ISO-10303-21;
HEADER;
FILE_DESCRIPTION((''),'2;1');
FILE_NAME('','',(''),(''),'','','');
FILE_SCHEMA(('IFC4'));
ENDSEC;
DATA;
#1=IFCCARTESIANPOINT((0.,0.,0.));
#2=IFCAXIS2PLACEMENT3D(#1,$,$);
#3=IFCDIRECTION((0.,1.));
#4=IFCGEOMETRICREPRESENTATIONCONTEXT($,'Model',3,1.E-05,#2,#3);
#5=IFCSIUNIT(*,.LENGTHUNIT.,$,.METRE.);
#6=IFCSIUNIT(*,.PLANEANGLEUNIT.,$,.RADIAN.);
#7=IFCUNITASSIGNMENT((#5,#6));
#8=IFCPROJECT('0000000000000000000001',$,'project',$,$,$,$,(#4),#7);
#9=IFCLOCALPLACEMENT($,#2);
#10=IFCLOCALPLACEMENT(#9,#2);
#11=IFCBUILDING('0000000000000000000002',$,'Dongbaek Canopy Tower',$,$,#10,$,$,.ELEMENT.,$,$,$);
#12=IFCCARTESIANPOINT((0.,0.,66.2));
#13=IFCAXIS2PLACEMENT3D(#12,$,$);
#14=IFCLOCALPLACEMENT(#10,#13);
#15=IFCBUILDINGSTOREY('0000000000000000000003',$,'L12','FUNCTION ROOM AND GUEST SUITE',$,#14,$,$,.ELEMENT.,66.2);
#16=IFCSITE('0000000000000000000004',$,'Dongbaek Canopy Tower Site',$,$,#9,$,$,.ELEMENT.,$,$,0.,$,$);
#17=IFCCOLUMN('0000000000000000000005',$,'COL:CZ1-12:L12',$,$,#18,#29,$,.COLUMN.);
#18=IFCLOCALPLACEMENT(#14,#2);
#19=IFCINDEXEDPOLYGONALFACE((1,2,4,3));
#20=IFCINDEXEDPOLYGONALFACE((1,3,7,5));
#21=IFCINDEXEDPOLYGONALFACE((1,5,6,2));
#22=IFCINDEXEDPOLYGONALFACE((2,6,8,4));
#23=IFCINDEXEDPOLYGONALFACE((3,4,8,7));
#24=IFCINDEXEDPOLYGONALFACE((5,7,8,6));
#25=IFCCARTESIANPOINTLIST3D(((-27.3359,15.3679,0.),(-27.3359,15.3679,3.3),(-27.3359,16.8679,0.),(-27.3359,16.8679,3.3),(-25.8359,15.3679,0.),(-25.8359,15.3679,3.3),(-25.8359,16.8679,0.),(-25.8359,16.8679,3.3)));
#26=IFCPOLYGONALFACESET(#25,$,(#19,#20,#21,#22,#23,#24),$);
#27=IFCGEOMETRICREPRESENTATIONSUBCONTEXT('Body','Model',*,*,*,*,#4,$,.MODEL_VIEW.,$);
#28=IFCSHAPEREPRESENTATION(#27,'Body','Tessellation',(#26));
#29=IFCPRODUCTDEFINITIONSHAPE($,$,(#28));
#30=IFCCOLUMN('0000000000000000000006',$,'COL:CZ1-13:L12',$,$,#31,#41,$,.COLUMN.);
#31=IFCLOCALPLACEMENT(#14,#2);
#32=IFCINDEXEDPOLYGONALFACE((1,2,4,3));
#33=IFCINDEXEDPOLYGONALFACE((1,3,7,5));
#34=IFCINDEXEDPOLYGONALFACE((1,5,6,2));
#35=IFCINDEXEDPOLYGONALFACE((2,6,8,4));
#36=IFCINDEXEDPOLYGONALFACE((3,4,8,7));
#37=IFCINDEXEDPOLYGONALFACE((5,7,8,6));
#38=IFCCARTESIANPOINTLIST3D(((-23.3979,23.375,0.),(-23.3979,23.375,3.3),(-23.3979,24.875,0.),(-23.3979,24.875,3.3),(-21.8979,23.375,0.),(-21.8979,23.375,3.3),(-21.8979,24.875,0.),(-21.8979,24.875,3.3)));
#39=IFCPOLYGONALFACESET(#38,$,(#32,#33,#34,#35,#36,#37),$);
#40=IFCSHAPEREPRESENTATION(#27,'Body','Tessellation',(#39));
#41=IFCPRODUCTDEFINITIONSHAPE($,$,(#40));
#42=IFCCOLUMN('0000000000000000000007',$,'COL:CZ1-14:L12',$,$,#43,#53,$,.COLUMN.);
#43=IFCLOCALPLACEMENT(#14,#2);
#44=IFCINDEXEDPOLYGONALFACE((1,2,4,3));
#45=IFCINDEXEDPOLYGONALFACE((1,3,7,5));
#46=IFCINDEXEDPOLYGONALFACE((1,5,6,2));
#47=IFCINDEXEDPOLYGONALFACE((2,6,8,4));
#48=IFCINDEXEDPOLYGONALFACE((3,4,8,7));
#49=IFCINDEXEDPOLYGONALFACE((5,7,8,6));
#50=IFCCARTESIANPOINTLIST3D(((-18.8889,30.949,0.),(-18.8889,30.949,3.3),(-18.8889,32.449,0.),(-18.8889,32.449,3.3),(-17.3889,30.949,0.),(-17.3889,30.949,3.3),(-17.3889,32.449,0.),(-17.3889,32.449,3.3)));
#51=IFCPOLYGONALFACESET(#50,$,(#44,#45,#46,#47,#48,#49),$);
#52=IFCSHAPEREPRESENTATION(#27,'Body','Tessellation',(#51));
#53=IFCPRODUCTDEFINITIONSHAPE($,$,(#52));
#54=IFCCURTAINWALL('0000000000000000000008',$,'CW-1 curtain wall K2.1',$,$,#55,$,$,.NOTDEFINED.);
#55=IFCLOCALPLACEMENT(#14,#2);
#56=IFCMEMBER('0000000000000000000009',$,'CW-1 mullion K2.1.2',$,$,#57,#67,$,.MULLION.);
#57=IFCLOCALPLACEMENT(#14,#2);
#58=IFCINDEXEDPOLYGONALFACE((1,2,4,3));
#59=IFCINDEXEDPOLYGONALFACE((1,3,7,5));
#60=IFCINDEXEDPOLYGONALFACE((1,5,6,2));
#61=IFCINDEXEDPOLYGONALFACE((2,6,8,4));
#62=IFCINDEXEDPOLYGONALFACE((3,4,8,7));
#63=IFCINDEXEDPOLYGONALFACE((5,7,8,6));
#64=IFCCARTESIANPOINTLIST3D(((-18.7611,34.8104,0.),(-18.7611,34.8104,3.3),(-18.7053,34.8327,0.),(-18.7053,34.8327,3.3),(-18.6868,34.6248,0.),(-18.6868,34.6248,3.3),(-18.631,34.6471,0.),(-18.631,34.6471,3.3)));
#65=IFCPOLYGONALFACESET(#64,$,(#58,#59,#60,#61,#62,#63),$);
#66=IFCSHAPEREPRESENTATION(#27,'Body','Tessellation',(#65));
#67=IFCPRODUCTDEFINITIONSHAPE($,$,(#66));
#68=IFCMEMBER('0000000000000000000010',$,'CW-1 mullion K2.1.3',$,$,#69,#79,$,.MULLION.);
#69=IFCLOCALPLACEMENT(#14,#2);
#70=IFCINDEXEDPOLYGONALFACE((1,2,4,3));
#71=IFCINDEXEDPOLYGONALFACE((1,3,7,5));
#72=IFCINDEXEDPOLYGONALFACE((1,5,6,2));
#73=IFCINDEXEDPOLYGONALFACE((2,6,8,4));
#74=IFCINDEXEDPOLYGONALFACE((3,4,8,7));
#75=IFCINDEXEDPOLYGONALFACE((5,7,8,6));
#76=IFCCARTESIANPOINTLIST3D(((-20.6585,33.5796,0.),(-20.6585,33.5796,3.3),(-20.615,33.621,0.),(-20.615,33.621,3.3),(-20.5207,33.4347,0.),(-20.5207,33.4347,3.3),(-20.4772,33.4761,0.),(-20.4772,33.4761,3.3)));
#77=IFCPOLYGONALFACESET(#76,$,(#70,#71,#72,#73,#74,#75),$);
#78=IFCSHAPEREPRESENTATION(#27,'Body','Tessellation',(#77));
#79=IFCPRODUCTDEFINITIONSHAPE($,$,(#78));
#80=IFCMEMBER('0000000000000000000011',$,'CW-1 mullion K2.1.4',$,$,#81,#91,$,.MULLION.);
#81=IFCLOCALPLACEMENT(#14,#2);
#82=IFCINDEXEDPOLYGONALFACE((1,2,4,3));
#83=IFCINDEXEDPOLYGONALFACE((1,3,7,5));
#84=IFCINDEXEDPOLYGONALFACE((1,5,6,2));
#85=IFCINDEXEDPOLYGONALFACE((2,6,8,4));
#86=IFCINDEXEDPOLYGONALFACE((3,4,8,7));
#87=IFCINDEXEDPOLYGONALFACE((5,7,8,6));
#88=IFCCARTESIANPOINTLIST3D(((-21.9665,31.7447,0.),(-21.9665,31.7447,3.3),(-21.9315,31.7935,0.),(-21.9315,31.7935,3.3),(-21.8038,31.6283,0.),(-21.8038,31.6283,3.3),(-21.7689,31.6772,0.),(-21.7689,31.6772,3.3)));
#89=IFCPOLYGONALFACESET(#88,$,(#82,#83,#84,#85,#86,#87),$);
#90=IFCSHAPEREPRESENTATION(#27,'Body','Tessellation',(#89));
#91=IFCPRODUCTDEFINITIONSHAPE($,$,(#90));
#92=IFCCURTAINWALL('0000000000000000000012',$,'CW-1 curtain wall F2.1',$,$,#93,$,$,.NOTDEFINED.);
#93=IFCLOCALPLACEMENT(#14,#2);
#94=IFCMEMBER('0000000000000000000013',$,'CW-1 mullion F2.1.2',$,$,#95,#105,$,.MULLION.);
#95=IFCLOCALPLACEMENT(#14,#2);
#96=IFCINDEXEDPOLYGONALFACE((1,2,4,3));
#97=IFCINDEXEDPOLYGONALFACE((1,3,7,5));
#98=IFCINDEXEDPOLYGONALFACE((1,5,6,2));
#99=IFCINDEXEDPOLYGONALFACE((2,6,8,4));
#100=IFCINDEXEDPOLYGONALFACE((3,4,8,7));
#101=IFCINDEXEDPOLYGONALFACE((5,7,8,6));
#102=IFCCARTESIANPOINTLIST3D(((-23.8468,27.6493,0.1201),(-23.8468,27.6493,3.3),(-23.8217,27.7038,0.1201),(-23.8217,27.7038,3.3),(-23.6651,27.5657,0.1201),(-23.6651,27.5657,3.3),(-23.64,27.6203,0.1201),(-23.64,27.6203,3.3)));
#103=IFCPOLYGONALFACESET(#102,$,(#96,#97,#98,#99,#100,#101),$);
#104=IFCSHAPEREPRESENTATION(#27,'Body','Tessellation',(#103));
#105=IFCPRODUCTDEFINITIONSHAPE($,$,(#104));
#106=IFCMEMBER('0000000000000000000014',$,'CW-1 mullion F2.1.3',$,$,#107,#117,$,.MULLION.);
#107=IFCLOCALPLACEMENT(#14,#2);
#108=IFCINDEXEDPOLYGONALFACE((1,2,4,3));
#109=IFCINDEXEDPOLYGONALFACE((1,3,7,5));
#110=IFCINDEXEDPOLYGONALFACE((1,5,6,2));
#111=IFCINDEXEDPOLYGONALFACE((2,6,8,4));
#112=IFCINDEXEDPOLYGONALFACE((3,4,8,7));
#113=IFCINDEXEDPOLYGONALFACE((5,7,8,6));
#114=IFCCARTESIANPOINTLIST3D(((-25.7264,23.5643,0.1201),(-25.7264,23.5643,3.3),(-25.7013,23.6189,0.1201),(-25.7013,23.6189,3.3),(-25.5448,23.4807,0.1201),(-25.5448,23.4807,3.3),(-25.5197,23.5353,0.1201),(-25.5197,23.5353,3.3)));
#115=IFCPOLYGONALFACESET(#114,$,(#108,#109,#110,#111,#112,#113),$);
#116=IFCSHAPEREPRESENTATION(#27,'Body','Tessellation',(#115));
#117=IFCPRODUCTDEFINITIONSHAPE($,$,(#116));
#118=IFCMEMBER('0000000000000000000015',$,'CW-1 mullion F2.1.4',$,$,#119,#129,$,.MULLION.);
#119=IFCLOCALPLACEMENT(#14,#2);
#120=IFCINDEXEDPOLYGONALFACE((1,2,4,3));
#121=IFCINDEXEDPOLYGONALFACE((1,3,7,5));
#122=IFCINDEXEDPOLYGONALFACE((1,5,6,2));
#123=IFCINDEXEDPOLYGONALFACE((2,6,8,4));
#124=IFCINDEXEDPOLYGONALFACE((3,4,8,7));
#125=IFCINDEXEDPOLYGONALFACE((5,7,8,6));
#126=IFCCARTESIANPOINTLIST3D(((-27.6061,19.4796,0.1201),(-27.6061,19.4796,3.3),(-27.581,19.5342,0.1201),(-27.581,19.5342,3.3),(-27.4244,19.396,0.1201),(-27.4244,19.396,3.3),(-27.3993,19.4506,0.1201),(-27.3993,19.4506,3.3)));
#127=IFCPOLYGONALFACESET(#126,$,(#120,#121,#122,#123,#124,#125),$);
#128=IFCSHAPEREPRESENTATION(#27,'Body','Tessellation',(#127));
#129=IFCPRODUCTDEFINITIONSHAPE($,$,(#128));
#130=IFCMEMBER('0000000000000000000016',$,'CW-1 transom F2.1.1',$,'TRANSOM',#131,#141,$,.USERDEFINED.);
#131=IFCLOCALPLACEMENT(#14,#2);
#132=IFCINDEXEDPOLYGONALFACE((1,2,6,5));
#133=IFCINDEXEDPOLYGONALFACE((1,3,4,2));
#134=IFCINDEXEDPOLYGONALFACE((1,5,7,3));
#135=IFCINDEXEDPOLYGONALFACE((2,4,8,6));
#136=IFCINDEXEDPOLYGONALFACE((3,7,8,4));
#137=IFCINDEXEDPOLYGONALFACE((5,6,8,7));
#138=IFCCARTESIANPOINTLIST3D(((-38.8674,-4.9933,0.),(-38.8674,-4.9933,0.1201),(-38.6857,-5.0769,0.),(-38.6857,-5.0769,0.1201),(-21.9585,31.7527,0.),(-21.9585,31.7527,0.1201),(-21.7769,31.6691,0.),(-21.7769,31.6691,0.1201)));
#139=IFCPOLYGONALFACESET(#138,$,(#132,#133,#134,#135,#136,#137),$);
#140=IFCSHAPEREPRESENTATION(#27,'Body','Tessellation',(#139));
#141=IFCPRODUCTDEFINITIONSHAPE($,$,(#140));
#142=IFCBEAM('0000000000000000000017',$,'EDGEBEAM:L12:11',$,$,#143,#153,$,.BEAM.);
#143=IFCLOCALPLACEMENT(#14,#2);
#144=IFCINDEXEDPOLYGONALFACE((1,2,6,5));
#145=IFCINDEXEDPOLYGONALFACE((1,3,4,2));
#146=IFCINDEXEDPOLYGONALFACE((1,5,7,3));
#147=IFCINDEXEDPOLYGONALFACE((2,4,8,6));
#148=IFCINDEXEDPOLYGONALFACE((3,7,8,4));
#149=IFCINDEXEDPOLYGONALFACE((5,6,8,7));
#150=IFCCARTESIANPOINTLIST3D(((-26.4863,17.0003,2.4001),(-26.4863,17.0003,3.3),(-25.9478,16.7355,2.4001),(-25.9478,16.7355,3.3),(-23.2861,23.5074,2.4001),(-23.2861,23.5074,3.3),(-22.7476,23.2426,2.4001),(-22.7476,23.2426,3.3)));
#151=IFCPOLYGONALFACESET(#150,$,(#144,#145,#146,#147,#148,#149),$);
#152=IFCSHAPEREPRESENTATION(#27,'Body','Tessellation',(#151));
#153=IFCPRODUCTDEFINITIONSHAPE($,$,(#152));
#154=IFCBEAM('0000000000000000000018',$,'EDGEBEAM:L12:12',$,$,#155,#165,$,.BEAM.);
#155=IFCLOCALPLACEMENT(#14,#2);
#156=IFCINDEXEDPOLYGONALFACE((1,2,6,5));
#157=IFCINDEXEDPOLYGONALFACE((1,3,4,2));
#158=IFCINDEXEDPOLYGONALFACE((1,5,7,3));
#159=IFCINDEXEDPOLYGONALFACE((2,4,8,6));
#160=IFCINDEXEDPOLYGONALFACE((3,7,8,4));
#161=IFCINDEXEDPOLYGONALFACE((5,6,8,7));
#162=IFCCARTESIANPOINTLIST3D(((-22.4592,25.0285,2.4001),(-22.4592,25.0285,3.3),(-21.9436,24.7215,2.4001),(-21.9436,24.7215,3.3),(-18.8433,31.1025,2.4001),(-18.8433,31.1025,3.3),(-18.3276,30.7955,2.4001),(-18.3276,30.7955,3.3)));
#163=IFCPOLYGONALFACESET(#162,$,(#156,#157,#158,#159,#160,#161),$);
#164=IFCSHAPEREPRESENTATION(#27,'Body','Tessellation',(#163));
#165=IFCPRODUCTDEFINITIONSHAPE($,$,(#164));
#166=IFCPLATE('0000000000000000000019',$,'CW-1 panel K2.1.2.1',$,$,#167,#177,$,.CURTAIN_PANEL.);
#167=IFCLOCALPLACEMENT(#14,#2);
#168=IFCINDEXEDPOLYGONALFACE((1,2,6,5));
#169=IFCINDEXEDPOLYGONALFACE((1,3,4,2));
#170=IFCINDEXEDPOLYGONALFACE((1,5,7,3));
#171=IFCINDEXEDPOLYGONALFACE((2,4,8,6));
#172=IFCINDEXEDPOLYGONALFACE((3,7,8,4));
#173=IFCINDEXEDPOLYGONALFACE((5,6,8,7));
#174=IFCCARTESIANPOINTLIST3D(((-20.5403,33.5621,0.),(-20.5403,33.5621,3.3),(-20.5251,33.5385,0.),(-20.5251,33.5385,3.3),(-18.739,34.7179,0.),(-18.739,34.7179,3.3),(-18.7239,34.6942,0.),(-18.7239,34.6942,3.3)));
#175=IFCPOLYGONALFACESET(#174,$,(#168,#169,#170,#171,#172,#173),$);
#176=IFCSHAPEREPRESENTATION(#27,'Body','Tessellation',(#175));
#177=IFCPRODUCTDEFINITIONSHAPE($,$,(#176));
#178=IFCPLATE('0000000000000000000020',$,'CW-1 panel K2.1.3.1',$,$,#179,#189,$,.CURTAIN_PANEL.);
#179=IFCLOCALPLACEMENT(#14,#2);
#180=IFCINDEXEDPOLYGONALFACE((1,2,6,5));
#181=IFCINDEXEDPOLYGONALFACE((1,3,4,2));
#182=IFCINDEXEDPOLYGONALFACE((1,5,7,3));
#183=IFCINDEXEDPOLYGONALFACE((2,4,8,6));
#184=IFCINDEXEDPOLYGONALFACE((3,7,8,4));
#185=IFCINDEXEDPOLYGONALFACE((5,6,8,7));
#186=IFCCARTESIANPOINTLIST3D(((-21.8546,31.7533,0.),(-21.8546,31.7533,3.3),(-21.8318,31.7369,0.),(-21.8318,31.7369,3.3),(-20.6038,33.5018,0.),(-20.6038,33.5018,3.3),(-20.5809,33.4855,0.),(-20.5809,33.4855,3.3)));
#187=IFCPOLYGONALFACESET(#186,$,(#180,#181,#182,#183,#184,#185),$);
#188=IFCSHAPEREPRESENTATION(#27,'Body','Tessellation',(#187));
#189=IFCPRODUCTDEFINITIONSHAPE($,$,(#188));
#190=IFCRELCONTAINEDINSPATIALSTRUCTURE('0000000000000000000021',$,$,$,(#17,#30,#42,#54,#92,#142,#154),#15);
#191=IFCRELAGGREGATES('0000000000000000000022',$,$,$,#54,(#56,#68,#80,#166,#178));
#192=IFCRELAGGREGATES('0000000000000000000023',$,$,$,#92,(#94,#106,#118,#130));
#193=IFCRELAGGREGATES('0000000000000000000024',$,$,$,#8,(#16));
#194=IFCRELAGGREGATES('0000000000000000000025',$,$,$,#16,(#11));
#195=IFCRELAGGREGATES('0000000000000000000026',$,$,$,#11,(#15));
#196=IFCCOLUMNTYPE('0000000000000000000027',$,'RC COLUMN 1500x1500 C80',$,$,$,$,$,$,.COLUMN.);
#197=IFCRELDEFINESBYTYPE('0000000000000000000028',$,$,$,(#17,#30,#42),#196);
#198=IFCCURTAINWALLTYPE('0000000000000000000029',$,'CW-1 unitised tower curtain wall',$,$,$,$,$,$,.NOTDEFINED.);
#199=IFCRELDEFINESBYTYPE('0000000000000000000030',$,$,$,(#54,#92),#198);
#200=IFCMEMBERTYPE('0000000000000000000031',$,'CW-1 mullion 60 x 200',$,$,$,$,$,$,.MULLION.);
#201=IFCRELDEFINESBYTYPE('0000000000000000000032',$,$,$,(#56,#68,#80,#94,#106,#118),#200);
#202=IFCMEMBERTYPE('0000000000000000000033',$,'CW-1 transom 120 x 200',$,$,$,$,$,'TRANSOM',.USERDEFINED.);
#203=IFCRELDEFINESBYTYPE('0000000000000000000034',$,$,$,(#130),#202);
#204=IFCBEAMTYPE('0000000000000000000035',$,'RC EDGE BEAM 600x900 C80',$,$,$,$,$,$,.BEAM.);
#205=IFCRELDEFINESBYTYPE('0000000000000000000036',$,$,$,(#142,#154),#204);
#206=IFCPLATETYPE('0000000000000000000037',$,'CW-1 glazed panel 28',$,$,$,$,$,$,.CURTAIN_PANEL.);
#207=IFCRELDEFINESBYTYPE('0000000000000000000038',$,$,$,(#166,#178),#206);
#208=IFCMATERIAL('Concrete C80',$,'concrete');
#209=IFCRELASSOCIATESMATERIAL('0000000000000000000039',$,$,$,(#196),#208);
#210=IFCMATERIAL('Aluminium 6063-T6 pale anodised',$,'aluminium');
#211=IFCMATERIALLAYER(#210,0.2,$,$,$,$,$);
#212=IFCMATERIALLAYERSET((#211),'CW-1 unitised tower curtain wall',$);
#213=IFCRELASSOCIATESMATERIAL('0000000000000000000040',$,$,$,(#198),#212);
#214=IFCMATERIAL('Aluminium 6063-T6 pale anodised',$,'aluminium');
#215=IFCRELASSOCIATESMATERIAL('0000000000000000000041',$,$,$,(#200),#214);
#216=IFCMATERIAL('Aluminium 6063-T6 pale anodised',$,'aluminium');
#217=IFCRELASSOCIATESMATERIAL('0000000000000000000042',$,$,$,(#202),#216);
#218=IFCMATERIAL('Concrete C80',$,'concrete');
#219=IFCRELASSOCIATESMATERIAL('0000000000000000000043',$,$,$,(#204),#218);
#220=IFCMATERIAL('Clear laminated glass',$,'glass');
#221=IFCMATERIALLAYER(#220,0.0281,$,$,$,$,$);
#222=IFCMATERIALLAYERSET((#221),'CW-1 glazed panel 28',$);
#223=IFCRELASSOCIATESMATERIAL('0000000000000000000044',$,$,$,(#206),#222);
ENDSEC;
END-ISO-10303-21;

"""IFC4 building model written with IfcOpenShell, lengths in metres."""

from ifc_helpers import new_model, si_unit, direction, frame, origin, origin_2d, place, context, subcontext, project, spatial, rectangle, extrude, material, layer, layer_set, material_profile, profile_set, type_object, element, aggregate, save


model = new_model("IFC4")

# Units and contexts
model_context = context("Model", 3, precision=1e-05, world=origin(), true_north=direction((0.0, 1.0)))
body_context = subcontext(model_context, "Body", "Model", "MODEL_VIEW")
ifc_project = project(units=[si_unit("LENGTHUNIT", "METRE"), si_unit("PLANEANGLEUNIT", "RADIAN")], contexts=[model_context])

# Site, building, storey
site_placement = place(None, origin())
site = spatial("IfcSite", under=ifc_project, at=site_placement, Name="Dongbaek Canopy Tower Site", CompositionType="ELEMENT", RefElevation=0.0)
building_placement = place(site_placement, origin())
building = spatial("IfcBuilding", under=site, at=building_placement, Name="Dongbaek Canopy Tower", CompositionType="ELEMENT")
storey_placement = place(building_placement, frame((0.0, 0.0, 66.2)))
storey = spatial("IfcBuildingStorey", under=building, at=storey_placement, Name="L12", Description="FUNCTION ROOM AND GUEST SUITE", CompositionType="ELEMENT", Elevation=66.2)

# Columns
ifc_material_1 = material(Name="Concrete C80", Category="concrete")
ifc_material_profile_1 = material_profile(ifc_material_1, rectangle(XDim=1.5, YDim=1.5, at=origin_2d()), Name="RC COLUMN 1500x1500 C80")
ifc_profile_set_1 = profile_set([ifc_material_profile_1], Name="Concrete C80")
column_type = type_object("IfcColumnType", Name="RC COLUMN 1500x1500 C80", PredefinedType="COLUMN", material=ifc_profile_set_1)
for number, where, z_axis, x_axis, name in (
    (1, (-26.5859, 16.1179, 0.0), (0.0, 0.0, 1.0), (1.0, 0.0, 0.0), "COL:CZ1-12:L12"),
    (2, (-22.6479, 24.125, 0.0), (0.0, 0.0, 1.0), (1.0, 0.0, 0.0), "COL:CZ1-13:L12"),
    (3, (-18.1389, 31.699, 0.0), (0.0, 0.0, 1.0), (1.0, 0.0, 0.0), "COL:CZ1-14:L12"),
):
    element("IfcColumn", number, at=place(storey_placement, frame(where, z_axis=z_axis, x_axis=x_axis)), inside=storey, type_object=column_type, Name=name, PredefinedType="COLUMN", context=body_context, shape_type="SweptSolid", body=[
        extrude(rectangle(XDim=1.5, YDim=1.5, at=origin_2d()), origin(), (0.0, 0.0, 1.0), 3.3),
    ])

# Curtain walls, members
ifc_material_2 = material(Name="Aluminium 6063-T6 pale anodised", Category="aluminium")
ifc_layer_1 = layer(ifc_material_2, 0.2)
ifc_layer_set_1 = layer_set([ifc_layer_1], Name="CW-1 unitised tower curtain wall")
curtain_wall_type = type_object("IfcCurtainWallType", Name="CW-1 unitised tower curtain wall", PredefinedType="NOTDEFINED", material=ifc_layer_set_1)
curtain_wall_1_placement = place(storey_placement, origin())
curtain_wall_1 = element("IfcCurtainWall", 4, at=curtain_wall_1_placement, inside=storey, type_object=curtain_wall_type, Name="CW-1 curtain wall K2.1", PredefinedType="NOTDEFINED")
ifc_material_3 = material(Name="Aluminium 6063-T6 pale anodised", Category="aluminium")
ifc_material_profile_2 = material_profile(ifc_material_3, rectangle(XDim=0.2, YDim=0.0601, at=origin_2d()), Name="CW-1 mullion 60 x 200")
ifc_profile_set_2 = profile_set([ifc_material_profile_2], Name="Aluminium 6063-T6 pale anodised")
member_type_1 = type_object("IfcMemberType", Name="CW-1 mullion 60 x 200", PredefinedType="MULLION", material=ifc_profile_set_2)
member_1_placement = place(storey_placement, frame((-18.696, 34.7288, 0.0), z_axis=(0.0, 0.0, 1.0), x_axis=(-0.371662, 0.928368, 0.0)))
member_1 = element("IfcMember", 5, at=member_1_placement, type_object=member_type_1, Name="CW-1 mullion K2.1.2", PredefinedType="MULLION", context=body_context, shape_type="SweptSolid", body=[
    extrude(rectangle(XDim=0.2, YDim=0.0601, at=origin_2d()), origin(), (0.0, 0.0, 1.0), 3.3),
])
member_2_placement = place(storey_placement, frame((-20.5679, 33.5278, 0.0), z_axis=(0.0, 0.0, 1.0), x_axis=(-0.689039, 0.724724, 0.0)))
member_2 = element("IfcMember", 6, at=member_2_placement, type_object=member_type_1, Name="CW-1 mullion K2.1.3", PredefinedType="MULLION", context=body_context, shape_type="SweptSolid", body=[
    extrude(rectangle(XDim=0.2, YDim=0.0601, at=origin_2d()), origin(), (0.0, 0.0, 1.0), 3.3),
])
member_3_placement = place(storey_placement, frame((-21.8677, 31.7109, 0.0), z_axis=(0.0, 0.0, 1.0), x_axis=(-0.813325, 0.58181, 0.0)))
member_3 = element("IfcMember", 7, at=member_3_placement, type_object=member_type_1, Name="CW-1 mullion K2.1.4", PredefinedType="MULLION", context=body_context, shape_type="SweptSolid", body=[
    extrude(rectangle(XDim=0.2, YDim=0.0601, at=origin_2d()), origin(), (0.0, 0.0, 1.0), 3.3),
])
curtain_wall_2_placement = place(storey_placement, origin())
curtain_wall_2 = element("IfcCurtainWall", 8, at=curtain_wall_2_placement, inside=storey, type_object=curtain_wall_type, Name="CW-1 curtain wall F2.1", PredefinedType="NOTDEFINED")
member_4_placement = place(storey_placement, frame((-23.7434, 27.6348, 0.1201), z_axis=(0.0, 0.0, 1.0), x_axis=(-0.908436, 0.418025, 0.0)))
member_4 = element("IfcMember", 9, at=member_4_placement, type_object=member_type_1, Name="CW-1 mullion F2.1.2", PredefinedType="MULLION", context=body_context, shape_type="SweptSolid", body=[
    extrude(rectangle(XDim=0.2, YDim=0.0601, at=origin_2d()), origin(), (0.0, 0.0, 1.0), 3.1799),
])
member_5_placement = place(storey_placement, frame((-25.623, 23.5498, 0.1201), z_axis=(0.0, 0.0, 1.0), x_axis=(-0.908436, 0.418025, 0.0)))
member_5 = element("IfcMember", 10, at=member_5_placement, type_object=member_type_1, Name="CW-1 mullion F2.1.3", PredefinedType="MULLION", context=body_context, shape_type="SweptSolid", body=[
    extrude(rectangle(XDim=0.2, YDim=0.0601, at=origin_2d()), origin(), (0.0, 0.0, 1.0), 3.1799),
])
member_6_placement = place(storey_placement, frame((-27.5027, 19.4651, 0.1201), z_axis=(0.0, 0.0, 1.0), x_axis=(-0.908436, 0.418025, 0.0)))
member_6 = element("IfcMember", 11, at=member_6_placement, type_object=member_type_1, Name="CW-1 mullion F2.1.4", PredefinedType="MULLION", context=body_context, shape_type="SweptSolid", body=[
    extrude(rectangle(XDim=0.2, YDim=0.0601, at=origin_2d()), origin(), (0.0, 0.0, 1.0), 3.1799),
])
ifc_material_4 = material(Name="Aluminium 6063-T6 pale anodised", Category="aluminium")
ifc_material_profile_3 = material_profile(ifc_material_4, rectangle(XDim=0.2, YDim=0.1201, at=origin_2d()), Name="CW-1 transom 120 x 200")
ifc_profile_set_3 = profile_set([ifc_material_profile_3], Name="Aluminium 6063-T6 pale anodised")
member_type_2 = type_object("IfcMemberType", Name="CW-1 transom 120 x 200", ElementType="TRANSOM", PredefinedType="USERDEFINED", material=ifc_profile_set_3)
member_7_placement = place(storey_placement, frame((-21.8677, 31.7109, 0.0601), z_axis=(-0.418023, -0.908437, 0.0), x_axis=(0.908437, -0.418023, 0.0)))
member_7 = element("IfcMember", 12, at=member_7_placement, type_object=member_type_2, Name="CW-1 transom F2.1.1", ObjectType="TRANSOM", PredefinedType="USERDEFINED", context=body_context, shape_type="SweptSolid", body=[
    extrude(rectangle(XDim=0.2, YDim=0.1201, at=origin_2d()), origin(), (0.0, 0.0, 1.0), 40.4497),
])

# Beams
ifc_material_5 = material(Name="Concrete C80", Category="concrete")
ifc_material_profile_4 = material_profile(ifc_material_5, rectangle(XDim=0.6001, YDim=0.8999, at=origin_2d()), Name="RC EDGE BEAM 600x900 C80")
ifc_profile_set_4 = profile_set([ifc_material_profile_4], Name="Concrete C80")
beam_type = type_object("IfcBeamType", Name="RC EDGE BEAM 600x900 C80", PredefinedType="BEAM", material=ifc_profile_set_4)
beam_1_placement = place(storey_placement, frame((-26.217, 16.8679, 2.8501), z_axis=(0.441319, 0.89735, 0.0), x_axis=(-0.89735, 0.441319, 0.0)))
element("IfcBeam", 13, at=beam_1_placement, inside=storey, type_object=beam_type, Name="EDGEBEAM:L12:11", PredefinedType="BEAM", context=body_context, shape_type="SweptSolid", body=[
    extrude(rectangle(XDim=0.6001, YDim=0.8999, at=origin_2d()), origin(), (0.0, 0.0, 1.0), 7.2515),
])
beam_2_placement = place(storey_placement, frame((-22.2014, 24.875, 2.8501), z_axis=(0.511537, 0.859261, 0.0), x_axis=(-0.859261, 0.511537, 0.0)))
element("IfcBeam", 14, at=beam_2_placement, inside=storey, type_object=beam_type, Name="EDGEBEAM:L12:12", PredefinedType="BEAM", context=body_context, shape_type="SweptSolid", body=[
    extrude(rectangle(XDim=0.6001, YDim=0.8999, at=origin_2d()), origin(), (0.0, 0.0, 1.0), 7.0688),
])

# Plates
ifc_material_6 = material(Name="Clear laminated glass", Category="glass")
ifc_layer_2 = layer(ifc_material_6, 0.0281)
ifc_layer_set_2 = layer_set([ifc_layer_2], Name="CW-1 glazed panel 28")
plate_type = type_object("IfcPlateType", Name="CW-1 glazed panel 28", PredefinedType="CURTAIN_PANEL", material=ifc_layer_set_2)
plate_1_placement = place(storey_placement, frame((-19.6321, 34.1282, 0.0), z_axis=(0.0, 0.0, 1.0), x_axis=(-0.841642, -0.540036, 0.0)))
plate_1 = element("IfcPlate", 15, at=plate_1_placement, type_object=plate_type, Name="CW-1 panel K2.1.2.1", PredefinedType="CURTAIN_PANEL", context=body_context, shape_type="SweptSolid", body=[
    extrude(rectangle(XDim=2.1401, YDim=0.0281, at=origin_2d()), origin(), (0.0, 0.0, 1.0), 3.3),
])
plate_2_placement = place(storey_placement, frame((-21.2178, 32.6194, 0.0), z_axis=(0.0, 0.0, 1.0), x_axis=(-0.58181, -0.813325, 0.0)))
plate_2 = element("IfcPlate", 16, at=plate_2_placement, type_object=plate_type, Name="CW-1 panel K2.1.3.1", PredefinedType="CURTAIN_PANEL", context=body_context, shape_type="SweptSolid", body=[
    extrude(rectangle(XDim=2.1499, YDim=0.0281, at=origin_2d()), origin(), (0.0, 0.0, 1.0), 3.3),
])

aggregate(curtain_wall_1, [member_1, member_2, member_3, plate_1, plate_2])
aggregate(curtain_wall_2, [member_4, member_5, member_6, member_7])

save(model, "model.ifc")
